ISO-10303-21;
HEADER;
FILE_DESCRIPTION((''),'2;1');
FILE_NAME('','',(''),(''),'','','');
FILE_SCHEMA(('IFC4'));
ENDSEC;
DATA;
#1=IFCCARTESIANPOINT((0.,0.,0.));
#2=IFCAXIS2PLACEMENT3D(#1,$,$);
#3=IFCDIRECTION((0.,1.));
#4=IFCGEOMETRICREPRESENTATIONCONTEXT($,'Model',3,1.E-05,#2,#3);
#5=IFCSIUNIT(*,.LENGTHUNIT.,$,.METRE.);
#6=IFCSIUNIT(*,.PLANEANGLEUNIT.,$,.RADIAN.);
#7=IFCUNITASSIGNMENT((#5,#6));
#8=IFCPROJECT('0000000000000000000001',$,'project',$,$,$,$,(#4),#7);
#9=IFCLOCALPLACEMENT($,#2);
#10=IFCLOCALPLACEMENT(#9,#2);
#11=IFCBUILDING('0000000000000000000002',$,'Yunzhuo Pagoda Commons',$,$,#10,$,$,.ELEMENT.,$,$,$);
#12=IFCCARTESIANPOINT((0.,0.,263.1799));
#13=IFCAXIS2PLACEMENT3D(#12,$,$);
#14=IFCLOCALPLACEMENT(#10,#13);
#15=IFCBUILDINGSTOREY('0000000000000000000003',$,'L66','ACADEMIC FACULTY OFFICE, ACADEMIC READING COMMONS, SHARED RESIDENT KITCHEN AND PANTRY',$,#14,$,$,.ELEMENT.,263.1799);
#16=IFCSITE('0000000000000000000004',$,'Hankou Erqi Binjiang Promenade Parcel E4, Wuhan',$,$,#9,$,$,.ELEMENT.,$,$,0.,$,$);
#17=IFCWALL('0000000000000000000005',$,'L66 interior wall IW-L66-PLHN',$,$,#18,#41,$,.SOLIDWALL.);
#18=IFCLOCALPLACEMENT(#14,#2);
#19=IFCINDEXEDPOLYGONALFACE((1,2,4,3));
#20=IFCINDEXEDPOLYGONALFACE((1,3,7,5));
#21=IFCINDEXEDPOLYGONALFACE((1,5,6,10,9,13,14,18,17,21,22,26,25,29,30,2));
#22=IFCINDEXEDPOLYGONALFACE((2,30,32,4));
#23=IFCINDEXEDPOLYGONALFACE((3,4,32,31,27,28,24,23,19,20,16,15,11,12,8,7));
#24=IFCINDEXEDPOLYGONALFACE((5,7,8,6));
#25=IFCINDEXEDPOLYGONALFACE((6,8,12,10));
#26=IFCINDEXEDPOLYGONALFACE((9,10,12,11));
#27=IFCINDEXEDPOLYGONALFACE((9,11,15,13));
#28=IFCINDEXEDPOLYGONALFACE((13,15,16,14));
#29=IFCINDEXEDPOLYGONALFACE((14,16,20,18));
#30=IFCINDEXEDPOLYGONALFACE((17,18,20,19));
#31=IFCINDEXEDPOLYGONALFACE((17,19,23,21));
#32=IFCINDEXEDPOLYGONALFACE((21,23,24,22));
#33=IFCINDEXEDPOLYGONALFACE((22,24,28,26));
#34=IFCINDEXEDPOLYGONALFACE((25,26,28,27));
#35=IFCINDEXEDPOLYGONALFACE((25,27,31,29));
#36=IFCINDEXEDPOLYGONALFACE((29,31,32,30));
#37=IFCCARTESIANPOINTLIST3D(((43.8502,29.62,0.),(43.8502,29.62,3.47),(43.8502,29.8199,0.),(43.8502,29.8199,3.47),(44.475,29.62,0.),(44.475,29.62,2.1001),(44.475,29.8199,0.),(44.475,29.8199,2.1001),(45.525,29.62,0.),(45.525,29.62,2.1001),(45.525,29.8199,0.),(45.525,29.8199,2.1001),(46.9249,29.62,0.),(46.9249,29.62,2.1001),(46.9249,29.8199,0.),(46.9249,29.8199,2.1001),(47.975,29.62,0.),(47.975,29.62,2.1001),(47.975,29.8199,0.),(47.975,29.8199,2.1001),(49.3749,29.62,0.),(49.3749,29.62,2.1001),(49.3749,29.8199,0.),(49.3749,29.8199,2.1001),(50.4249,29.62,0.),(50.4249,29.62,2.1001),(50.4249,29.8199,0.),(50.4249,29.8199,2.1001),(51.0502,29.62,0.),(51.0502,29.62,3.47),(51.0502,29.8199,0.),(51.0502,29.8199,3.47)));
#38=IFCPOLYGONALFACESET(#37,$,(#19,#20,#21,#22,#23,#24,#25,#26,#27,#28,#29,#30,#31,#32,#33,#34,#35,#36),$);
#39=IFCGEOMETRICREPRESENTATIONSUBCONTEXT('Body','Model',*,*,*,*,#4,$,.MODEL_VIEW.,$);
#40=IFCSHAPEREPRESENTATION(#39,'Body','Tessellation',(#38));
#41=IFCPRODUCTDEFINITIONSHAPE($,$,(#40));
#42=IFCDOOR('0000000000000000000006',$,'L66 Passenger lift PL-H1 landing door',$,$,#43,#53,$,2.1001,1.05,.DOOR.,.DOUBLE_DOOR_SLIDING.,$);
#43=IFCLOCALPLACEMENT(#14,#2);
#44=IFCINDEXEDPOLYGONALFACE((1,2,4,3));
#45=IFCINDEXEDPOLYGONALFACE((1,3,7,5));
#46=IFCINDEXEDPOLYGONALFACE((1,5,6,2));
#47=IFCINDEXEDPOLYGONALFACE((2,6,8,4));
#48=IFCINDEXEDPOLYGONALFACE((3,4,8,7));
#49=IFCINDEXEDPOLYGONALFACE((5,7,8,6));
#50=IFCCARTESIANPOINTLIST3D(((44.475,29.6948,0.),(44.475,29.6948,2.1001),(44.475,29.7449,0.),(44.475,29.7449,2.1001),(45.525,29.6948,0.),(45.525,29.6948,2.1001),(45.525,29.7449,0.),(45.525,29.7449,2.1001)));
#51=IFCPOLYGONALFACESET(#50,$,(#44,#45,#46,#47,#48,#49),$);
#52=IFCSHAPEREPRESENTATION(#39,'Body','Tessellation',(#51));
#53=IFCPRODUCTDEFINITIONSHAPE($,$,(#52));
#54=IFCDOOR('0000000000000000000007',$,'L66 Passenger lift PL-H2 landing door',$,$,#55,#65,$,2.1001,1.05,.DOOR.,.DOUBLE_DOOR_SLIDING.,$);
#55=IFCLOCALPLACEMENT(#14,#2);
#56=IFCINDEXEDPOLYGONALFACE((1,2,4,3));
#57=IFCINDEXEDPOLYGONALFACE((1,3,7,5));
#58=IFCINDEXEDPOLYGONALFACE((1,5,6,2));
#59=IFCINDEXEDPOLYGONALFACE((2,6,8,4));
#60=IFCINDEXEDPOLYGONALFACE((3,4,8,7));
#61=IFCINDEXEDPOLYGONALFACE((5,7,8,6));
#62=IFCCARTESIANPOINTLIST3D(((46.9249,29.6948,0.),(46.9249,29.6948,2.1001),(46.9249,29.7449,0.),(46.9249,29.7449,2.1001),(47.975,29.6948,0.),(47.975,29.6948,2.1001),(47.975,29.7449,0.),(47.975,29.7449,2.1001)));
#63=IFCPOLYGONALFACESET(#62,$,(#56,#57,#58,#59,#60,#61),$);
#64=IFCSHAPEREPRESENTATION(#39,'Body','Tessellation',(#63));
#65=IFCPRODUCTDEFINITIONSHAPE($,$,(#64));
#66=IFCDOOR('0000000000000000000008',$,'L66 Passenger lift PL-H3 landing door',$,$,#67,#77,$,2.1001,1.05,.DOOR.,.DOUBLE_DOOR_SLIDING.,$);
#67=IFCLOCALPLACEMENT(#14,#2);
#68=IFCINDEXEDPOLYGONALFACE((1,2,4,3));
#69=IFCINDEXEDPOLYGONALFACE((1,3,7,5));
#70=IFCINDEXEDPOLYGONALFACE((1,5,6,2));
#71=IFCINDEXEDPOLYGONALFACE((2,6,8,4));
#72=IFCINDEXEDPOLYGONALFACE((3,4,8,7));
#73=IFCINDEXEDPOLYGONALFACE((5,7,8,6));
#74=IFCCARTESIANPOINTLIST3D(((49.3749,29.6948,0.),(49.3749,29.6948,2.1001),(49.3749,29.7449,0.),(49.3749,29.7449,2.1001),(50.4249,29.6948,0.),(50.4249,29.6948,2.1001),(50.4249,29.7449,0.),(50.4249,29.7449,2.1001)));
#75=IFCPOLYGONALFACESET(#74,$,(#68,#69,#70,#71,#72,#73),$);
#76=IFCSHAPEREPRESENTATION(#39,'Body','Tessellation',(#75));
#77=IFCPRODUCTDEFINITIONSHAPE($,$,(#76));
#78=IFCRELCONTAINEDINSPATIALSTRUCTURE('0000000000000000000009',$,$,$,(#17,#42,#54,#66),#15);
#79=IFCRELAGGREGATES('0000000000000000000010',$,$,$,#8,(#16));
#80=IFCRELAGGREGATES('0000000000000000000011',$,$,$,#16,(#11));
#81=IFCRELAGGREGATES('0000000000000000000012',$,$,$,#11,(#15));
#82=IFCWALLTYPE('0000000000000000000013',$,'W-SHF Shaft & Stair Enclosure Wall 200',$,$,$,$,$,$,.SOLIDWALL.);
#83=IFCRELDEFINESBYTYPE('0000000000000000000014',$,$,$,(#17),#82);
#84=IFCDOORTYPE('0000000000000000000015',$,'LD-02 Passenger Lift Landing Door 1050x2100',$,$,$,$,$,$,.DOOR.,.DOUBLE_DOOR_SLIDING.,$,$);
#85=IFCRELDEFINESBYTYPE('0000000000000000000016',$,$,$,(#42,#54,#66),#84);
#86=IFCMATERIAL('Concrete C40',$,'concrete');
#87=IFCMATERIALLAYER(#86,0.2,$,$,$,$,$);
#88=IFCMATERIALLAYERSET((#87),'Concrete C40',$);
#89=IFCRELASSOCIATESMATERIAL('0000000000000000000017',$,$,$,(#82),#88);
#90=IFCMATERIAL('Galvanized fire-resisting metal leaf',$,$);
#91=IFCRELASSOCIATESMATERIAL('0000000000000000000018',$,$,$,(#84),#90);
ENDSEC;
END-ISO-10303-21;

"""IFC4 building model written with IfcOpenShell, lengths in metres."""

from ifc_helpers import new_model, si_unit, direction, frame, frame_2d, origin, origin_with_axes, place, context, subcontext, project, spatial, rectangle, extrude, source, transform, mapped, material, layer, layer_set, type_object, element, fill, save


model = new_model("IFC4")

# Units and contexts
model_context = context("Model", 3, precision=1e-05, world=origin(), true_north=direction((0.0, 1.0)))
body_context = subcontext(model_context, "Body", "Model", "MODEL_VIEW")
ifc_project = project(units=[si_unit("LENGTHUNIT", "METRE"), si_unit("PLANEANGLEUNIT", "RADIAN")], contexts=[model_context])

# Site, building, storey
site_placement = place(None, origin())
site = spatial("IfcSite", under=ifc_project, at=site_placement, Name="Hankou Erqi Binjiang Promenade Parcel E4, Wuhan", CompositionType="ELEMENT", RefElevation=0.0)
building_placement = place(site_placement, origin())
building = spatial("IfcBuilding", under=site, at=building_placement, Name="Yunzhuo Pagoda Commons", CompositionType="ELEMENT")
storey_placement = place(building_placement, frame((0.0, 0.0, 263.1799)))
storey = spatial("IfcBuildingStorey", under=building, at=storey_placement, Name="L66", Description="ACADEMIC FACULTY OFFICE, ACADEMIC READING COMMONS, SHARED RESIDENT KITCHEN AND PANTRY", CompositionType="ELEMENT", Elevation=263.1799)

# Shared definitions
ifc_material_1 = material(Name="Galvanized fire-resisting metal leaf")

# Shared definitions
ifc_material_2 = material(Name="Concrete C40", Category="concrete")
ifc_layer_1 = layer(ifc_material_2, 0.2)
ifc_layer_set_1 = layer_set([ifc_layer_1], Name="Concrete C40")
wall_type_1 = type_object("IfcWallType", Name="W-SHF Shaft & Stair Enclosure Wall 200", PredefinedType="SOLIDWALL", material=ifc_layer_set_1)
shared_shape_1 = source(origin(), body_context, "Body", "SweptSolid", [
    extrude(rectangle(XDim=1.05, YDim=2.1001, at=frame_2d((0.5249, 1.05))), frame((0.0, 0.0249, 0.0), z_axis=(0.0, -1.0, 0.0), x_axis=(1.0, 0.0, 0.0)), (0.0, 0.0, 1.0), 0.05),
])

# Wall, openings, doors
wall_1_placement = place(storey_placement, frame((43.8501, 29.72, 0.0), z_axis=(0.0, 0.0, 1.0), x_axis=(1.0, 0.0, 0.0)))
wall_1 = element("IfcWall", 1, at=wall_1_placement, inside=storey, type_object=wall_type_1, Name="L66 interior wall IW-L66-PLHN", PredefinedType="SOLIDWALL", context=body_context, shape_type="SweptSolid", body=[
    extrude(rectangle(XDim=7.2, YDim=0.2, at=frame_2d((3.6001, 0.0))), origin(), (0.0, 0.0, 1.0), 3.47),
])
opening_1_placement = place(wall_1_placement, frame((0.625, 0.0, 0.0)))
opening_1 = element("IfcOpeningElement", 2, at=opening_1_placement, cuts=wall_1, PredefinedType="OPENING", context=body_context, shape_type="SweptSolid", body=[
    extrude(rectangle(XDim=1.05, YDim=2.1001, at=frame_2d((0.5249, 1.05))), frame((0.0, 0.1099, 0.0), z_axis=(0.0, -1.0, 0.0), x_axis=(1.0, 0.0, 0.0)), (0.0, 0.0, 1.0), 0.22),
])
opening_2_placement = place(wall_1_placement, frame((3.075, 0.0, 0.0)))
opening_2 = element("IfcOpeningElement", 3, at=opening_2_placement, cuts=wall_1, PredefinedType="OPENING", context=body_context, shape_type="SweptSolid", body=[
    extrude(rectangle(XDim=1.05, YDim=2.1001, at=frame_2d((0.5249, 1.05))), frame((0.0, 0.1099, 0.0), z_axis=(0.0, -1.0, 0.0), x_axis=(1.0, 0.0, 0.0)), (0.0, 0.0, 1.0), 0.22),
])
opening_3_placement = place(wall_1_placement, frame((5.5249, 0.0, 0.0)))
opening_3 = element("IfcOpeningElement", 4, at=opening_3_placement, cuts=wall_1, PredefinedType="OPENING", context=body_context, shape_type="SweptSolid", body=[
    extrude(rectangle(XDim=1.05, YDim=2.1001, at=frame_2d((0.5249, 1.05))), frame((0.0, 0.1099, 0.0), z_axis=(0.0, -1.0, 0.0), x_axis=(1.0, 0.0, 0.0)), (0.0, 0.0, 1.0), 0.22),
])
door_type_1 = type_object("IfcDoorType", Name="LD-02 Passenger Lift Landing Door 1050x2100", OperationType="DOUBLE_DOOR_SLIDING", PredefinedType="DOOR", material=ifc_material_1)
door_1_placement = place(opening_1_placement, origin_with_axes())
door_1 = element("IfcDoor", 5, at=door_1_placement, inside=storey, type_object=door_type_1, Name="L66 Passenger lift PL-H1 landing door", OperationType="DOUBLE_DOOR_SLIDING", OverallHeight=2.1001, OverallWidth=1.05, PredefinedType="DOOR", context=body_context, shape_type="MappedRepresentation", body=[
    mapped(shared_shape_1, transform((0.0, 0.0, 0.0), scale=1.0)),
])
fill(opening_1, door_1)
door_2_placement = place(opening_2_placement, origin_with_axes())
door_2 = element("IfcDoor", 6, at=door_2_placement, inside=storey, type_object=door_type_1, Name="L66 Passenger lift PL-H2 landing door", OperationType="DOUBLE_DOOR_SLIDING", OverallHeight=2.1001, OverallWidth=1.05, PredefinedType="DOOR", context=body_context, shape_type="MappedRepresentation", body=[
    mapped(shared_shape_1, transform((0.0, 0.0, 0.0), scale=1.0)),
])
fill(opening_2, door_2)
door_3_placement = place(opening_3_placement, origin_with_axes())
door_3 = element("IfcDoor", 7, at=door_3_placement, inside=storey, type_object=door_type_1, Name="L66 Passenger lift PL-H3 landing door", OperationType="DOUBLE_DOOR_SLIDING", OverallHeight=2.1001, OverallWidth=1.05, PredefinedType="DOOR", context=body_context, shape_type="MappedRepresentation", body=[
    mapped(shared_shape_1, transform((0.0, 0.0, 0.0), scale=1.0)),
])
fill(opening_3, door_3)

save(model, "model.ifc")
